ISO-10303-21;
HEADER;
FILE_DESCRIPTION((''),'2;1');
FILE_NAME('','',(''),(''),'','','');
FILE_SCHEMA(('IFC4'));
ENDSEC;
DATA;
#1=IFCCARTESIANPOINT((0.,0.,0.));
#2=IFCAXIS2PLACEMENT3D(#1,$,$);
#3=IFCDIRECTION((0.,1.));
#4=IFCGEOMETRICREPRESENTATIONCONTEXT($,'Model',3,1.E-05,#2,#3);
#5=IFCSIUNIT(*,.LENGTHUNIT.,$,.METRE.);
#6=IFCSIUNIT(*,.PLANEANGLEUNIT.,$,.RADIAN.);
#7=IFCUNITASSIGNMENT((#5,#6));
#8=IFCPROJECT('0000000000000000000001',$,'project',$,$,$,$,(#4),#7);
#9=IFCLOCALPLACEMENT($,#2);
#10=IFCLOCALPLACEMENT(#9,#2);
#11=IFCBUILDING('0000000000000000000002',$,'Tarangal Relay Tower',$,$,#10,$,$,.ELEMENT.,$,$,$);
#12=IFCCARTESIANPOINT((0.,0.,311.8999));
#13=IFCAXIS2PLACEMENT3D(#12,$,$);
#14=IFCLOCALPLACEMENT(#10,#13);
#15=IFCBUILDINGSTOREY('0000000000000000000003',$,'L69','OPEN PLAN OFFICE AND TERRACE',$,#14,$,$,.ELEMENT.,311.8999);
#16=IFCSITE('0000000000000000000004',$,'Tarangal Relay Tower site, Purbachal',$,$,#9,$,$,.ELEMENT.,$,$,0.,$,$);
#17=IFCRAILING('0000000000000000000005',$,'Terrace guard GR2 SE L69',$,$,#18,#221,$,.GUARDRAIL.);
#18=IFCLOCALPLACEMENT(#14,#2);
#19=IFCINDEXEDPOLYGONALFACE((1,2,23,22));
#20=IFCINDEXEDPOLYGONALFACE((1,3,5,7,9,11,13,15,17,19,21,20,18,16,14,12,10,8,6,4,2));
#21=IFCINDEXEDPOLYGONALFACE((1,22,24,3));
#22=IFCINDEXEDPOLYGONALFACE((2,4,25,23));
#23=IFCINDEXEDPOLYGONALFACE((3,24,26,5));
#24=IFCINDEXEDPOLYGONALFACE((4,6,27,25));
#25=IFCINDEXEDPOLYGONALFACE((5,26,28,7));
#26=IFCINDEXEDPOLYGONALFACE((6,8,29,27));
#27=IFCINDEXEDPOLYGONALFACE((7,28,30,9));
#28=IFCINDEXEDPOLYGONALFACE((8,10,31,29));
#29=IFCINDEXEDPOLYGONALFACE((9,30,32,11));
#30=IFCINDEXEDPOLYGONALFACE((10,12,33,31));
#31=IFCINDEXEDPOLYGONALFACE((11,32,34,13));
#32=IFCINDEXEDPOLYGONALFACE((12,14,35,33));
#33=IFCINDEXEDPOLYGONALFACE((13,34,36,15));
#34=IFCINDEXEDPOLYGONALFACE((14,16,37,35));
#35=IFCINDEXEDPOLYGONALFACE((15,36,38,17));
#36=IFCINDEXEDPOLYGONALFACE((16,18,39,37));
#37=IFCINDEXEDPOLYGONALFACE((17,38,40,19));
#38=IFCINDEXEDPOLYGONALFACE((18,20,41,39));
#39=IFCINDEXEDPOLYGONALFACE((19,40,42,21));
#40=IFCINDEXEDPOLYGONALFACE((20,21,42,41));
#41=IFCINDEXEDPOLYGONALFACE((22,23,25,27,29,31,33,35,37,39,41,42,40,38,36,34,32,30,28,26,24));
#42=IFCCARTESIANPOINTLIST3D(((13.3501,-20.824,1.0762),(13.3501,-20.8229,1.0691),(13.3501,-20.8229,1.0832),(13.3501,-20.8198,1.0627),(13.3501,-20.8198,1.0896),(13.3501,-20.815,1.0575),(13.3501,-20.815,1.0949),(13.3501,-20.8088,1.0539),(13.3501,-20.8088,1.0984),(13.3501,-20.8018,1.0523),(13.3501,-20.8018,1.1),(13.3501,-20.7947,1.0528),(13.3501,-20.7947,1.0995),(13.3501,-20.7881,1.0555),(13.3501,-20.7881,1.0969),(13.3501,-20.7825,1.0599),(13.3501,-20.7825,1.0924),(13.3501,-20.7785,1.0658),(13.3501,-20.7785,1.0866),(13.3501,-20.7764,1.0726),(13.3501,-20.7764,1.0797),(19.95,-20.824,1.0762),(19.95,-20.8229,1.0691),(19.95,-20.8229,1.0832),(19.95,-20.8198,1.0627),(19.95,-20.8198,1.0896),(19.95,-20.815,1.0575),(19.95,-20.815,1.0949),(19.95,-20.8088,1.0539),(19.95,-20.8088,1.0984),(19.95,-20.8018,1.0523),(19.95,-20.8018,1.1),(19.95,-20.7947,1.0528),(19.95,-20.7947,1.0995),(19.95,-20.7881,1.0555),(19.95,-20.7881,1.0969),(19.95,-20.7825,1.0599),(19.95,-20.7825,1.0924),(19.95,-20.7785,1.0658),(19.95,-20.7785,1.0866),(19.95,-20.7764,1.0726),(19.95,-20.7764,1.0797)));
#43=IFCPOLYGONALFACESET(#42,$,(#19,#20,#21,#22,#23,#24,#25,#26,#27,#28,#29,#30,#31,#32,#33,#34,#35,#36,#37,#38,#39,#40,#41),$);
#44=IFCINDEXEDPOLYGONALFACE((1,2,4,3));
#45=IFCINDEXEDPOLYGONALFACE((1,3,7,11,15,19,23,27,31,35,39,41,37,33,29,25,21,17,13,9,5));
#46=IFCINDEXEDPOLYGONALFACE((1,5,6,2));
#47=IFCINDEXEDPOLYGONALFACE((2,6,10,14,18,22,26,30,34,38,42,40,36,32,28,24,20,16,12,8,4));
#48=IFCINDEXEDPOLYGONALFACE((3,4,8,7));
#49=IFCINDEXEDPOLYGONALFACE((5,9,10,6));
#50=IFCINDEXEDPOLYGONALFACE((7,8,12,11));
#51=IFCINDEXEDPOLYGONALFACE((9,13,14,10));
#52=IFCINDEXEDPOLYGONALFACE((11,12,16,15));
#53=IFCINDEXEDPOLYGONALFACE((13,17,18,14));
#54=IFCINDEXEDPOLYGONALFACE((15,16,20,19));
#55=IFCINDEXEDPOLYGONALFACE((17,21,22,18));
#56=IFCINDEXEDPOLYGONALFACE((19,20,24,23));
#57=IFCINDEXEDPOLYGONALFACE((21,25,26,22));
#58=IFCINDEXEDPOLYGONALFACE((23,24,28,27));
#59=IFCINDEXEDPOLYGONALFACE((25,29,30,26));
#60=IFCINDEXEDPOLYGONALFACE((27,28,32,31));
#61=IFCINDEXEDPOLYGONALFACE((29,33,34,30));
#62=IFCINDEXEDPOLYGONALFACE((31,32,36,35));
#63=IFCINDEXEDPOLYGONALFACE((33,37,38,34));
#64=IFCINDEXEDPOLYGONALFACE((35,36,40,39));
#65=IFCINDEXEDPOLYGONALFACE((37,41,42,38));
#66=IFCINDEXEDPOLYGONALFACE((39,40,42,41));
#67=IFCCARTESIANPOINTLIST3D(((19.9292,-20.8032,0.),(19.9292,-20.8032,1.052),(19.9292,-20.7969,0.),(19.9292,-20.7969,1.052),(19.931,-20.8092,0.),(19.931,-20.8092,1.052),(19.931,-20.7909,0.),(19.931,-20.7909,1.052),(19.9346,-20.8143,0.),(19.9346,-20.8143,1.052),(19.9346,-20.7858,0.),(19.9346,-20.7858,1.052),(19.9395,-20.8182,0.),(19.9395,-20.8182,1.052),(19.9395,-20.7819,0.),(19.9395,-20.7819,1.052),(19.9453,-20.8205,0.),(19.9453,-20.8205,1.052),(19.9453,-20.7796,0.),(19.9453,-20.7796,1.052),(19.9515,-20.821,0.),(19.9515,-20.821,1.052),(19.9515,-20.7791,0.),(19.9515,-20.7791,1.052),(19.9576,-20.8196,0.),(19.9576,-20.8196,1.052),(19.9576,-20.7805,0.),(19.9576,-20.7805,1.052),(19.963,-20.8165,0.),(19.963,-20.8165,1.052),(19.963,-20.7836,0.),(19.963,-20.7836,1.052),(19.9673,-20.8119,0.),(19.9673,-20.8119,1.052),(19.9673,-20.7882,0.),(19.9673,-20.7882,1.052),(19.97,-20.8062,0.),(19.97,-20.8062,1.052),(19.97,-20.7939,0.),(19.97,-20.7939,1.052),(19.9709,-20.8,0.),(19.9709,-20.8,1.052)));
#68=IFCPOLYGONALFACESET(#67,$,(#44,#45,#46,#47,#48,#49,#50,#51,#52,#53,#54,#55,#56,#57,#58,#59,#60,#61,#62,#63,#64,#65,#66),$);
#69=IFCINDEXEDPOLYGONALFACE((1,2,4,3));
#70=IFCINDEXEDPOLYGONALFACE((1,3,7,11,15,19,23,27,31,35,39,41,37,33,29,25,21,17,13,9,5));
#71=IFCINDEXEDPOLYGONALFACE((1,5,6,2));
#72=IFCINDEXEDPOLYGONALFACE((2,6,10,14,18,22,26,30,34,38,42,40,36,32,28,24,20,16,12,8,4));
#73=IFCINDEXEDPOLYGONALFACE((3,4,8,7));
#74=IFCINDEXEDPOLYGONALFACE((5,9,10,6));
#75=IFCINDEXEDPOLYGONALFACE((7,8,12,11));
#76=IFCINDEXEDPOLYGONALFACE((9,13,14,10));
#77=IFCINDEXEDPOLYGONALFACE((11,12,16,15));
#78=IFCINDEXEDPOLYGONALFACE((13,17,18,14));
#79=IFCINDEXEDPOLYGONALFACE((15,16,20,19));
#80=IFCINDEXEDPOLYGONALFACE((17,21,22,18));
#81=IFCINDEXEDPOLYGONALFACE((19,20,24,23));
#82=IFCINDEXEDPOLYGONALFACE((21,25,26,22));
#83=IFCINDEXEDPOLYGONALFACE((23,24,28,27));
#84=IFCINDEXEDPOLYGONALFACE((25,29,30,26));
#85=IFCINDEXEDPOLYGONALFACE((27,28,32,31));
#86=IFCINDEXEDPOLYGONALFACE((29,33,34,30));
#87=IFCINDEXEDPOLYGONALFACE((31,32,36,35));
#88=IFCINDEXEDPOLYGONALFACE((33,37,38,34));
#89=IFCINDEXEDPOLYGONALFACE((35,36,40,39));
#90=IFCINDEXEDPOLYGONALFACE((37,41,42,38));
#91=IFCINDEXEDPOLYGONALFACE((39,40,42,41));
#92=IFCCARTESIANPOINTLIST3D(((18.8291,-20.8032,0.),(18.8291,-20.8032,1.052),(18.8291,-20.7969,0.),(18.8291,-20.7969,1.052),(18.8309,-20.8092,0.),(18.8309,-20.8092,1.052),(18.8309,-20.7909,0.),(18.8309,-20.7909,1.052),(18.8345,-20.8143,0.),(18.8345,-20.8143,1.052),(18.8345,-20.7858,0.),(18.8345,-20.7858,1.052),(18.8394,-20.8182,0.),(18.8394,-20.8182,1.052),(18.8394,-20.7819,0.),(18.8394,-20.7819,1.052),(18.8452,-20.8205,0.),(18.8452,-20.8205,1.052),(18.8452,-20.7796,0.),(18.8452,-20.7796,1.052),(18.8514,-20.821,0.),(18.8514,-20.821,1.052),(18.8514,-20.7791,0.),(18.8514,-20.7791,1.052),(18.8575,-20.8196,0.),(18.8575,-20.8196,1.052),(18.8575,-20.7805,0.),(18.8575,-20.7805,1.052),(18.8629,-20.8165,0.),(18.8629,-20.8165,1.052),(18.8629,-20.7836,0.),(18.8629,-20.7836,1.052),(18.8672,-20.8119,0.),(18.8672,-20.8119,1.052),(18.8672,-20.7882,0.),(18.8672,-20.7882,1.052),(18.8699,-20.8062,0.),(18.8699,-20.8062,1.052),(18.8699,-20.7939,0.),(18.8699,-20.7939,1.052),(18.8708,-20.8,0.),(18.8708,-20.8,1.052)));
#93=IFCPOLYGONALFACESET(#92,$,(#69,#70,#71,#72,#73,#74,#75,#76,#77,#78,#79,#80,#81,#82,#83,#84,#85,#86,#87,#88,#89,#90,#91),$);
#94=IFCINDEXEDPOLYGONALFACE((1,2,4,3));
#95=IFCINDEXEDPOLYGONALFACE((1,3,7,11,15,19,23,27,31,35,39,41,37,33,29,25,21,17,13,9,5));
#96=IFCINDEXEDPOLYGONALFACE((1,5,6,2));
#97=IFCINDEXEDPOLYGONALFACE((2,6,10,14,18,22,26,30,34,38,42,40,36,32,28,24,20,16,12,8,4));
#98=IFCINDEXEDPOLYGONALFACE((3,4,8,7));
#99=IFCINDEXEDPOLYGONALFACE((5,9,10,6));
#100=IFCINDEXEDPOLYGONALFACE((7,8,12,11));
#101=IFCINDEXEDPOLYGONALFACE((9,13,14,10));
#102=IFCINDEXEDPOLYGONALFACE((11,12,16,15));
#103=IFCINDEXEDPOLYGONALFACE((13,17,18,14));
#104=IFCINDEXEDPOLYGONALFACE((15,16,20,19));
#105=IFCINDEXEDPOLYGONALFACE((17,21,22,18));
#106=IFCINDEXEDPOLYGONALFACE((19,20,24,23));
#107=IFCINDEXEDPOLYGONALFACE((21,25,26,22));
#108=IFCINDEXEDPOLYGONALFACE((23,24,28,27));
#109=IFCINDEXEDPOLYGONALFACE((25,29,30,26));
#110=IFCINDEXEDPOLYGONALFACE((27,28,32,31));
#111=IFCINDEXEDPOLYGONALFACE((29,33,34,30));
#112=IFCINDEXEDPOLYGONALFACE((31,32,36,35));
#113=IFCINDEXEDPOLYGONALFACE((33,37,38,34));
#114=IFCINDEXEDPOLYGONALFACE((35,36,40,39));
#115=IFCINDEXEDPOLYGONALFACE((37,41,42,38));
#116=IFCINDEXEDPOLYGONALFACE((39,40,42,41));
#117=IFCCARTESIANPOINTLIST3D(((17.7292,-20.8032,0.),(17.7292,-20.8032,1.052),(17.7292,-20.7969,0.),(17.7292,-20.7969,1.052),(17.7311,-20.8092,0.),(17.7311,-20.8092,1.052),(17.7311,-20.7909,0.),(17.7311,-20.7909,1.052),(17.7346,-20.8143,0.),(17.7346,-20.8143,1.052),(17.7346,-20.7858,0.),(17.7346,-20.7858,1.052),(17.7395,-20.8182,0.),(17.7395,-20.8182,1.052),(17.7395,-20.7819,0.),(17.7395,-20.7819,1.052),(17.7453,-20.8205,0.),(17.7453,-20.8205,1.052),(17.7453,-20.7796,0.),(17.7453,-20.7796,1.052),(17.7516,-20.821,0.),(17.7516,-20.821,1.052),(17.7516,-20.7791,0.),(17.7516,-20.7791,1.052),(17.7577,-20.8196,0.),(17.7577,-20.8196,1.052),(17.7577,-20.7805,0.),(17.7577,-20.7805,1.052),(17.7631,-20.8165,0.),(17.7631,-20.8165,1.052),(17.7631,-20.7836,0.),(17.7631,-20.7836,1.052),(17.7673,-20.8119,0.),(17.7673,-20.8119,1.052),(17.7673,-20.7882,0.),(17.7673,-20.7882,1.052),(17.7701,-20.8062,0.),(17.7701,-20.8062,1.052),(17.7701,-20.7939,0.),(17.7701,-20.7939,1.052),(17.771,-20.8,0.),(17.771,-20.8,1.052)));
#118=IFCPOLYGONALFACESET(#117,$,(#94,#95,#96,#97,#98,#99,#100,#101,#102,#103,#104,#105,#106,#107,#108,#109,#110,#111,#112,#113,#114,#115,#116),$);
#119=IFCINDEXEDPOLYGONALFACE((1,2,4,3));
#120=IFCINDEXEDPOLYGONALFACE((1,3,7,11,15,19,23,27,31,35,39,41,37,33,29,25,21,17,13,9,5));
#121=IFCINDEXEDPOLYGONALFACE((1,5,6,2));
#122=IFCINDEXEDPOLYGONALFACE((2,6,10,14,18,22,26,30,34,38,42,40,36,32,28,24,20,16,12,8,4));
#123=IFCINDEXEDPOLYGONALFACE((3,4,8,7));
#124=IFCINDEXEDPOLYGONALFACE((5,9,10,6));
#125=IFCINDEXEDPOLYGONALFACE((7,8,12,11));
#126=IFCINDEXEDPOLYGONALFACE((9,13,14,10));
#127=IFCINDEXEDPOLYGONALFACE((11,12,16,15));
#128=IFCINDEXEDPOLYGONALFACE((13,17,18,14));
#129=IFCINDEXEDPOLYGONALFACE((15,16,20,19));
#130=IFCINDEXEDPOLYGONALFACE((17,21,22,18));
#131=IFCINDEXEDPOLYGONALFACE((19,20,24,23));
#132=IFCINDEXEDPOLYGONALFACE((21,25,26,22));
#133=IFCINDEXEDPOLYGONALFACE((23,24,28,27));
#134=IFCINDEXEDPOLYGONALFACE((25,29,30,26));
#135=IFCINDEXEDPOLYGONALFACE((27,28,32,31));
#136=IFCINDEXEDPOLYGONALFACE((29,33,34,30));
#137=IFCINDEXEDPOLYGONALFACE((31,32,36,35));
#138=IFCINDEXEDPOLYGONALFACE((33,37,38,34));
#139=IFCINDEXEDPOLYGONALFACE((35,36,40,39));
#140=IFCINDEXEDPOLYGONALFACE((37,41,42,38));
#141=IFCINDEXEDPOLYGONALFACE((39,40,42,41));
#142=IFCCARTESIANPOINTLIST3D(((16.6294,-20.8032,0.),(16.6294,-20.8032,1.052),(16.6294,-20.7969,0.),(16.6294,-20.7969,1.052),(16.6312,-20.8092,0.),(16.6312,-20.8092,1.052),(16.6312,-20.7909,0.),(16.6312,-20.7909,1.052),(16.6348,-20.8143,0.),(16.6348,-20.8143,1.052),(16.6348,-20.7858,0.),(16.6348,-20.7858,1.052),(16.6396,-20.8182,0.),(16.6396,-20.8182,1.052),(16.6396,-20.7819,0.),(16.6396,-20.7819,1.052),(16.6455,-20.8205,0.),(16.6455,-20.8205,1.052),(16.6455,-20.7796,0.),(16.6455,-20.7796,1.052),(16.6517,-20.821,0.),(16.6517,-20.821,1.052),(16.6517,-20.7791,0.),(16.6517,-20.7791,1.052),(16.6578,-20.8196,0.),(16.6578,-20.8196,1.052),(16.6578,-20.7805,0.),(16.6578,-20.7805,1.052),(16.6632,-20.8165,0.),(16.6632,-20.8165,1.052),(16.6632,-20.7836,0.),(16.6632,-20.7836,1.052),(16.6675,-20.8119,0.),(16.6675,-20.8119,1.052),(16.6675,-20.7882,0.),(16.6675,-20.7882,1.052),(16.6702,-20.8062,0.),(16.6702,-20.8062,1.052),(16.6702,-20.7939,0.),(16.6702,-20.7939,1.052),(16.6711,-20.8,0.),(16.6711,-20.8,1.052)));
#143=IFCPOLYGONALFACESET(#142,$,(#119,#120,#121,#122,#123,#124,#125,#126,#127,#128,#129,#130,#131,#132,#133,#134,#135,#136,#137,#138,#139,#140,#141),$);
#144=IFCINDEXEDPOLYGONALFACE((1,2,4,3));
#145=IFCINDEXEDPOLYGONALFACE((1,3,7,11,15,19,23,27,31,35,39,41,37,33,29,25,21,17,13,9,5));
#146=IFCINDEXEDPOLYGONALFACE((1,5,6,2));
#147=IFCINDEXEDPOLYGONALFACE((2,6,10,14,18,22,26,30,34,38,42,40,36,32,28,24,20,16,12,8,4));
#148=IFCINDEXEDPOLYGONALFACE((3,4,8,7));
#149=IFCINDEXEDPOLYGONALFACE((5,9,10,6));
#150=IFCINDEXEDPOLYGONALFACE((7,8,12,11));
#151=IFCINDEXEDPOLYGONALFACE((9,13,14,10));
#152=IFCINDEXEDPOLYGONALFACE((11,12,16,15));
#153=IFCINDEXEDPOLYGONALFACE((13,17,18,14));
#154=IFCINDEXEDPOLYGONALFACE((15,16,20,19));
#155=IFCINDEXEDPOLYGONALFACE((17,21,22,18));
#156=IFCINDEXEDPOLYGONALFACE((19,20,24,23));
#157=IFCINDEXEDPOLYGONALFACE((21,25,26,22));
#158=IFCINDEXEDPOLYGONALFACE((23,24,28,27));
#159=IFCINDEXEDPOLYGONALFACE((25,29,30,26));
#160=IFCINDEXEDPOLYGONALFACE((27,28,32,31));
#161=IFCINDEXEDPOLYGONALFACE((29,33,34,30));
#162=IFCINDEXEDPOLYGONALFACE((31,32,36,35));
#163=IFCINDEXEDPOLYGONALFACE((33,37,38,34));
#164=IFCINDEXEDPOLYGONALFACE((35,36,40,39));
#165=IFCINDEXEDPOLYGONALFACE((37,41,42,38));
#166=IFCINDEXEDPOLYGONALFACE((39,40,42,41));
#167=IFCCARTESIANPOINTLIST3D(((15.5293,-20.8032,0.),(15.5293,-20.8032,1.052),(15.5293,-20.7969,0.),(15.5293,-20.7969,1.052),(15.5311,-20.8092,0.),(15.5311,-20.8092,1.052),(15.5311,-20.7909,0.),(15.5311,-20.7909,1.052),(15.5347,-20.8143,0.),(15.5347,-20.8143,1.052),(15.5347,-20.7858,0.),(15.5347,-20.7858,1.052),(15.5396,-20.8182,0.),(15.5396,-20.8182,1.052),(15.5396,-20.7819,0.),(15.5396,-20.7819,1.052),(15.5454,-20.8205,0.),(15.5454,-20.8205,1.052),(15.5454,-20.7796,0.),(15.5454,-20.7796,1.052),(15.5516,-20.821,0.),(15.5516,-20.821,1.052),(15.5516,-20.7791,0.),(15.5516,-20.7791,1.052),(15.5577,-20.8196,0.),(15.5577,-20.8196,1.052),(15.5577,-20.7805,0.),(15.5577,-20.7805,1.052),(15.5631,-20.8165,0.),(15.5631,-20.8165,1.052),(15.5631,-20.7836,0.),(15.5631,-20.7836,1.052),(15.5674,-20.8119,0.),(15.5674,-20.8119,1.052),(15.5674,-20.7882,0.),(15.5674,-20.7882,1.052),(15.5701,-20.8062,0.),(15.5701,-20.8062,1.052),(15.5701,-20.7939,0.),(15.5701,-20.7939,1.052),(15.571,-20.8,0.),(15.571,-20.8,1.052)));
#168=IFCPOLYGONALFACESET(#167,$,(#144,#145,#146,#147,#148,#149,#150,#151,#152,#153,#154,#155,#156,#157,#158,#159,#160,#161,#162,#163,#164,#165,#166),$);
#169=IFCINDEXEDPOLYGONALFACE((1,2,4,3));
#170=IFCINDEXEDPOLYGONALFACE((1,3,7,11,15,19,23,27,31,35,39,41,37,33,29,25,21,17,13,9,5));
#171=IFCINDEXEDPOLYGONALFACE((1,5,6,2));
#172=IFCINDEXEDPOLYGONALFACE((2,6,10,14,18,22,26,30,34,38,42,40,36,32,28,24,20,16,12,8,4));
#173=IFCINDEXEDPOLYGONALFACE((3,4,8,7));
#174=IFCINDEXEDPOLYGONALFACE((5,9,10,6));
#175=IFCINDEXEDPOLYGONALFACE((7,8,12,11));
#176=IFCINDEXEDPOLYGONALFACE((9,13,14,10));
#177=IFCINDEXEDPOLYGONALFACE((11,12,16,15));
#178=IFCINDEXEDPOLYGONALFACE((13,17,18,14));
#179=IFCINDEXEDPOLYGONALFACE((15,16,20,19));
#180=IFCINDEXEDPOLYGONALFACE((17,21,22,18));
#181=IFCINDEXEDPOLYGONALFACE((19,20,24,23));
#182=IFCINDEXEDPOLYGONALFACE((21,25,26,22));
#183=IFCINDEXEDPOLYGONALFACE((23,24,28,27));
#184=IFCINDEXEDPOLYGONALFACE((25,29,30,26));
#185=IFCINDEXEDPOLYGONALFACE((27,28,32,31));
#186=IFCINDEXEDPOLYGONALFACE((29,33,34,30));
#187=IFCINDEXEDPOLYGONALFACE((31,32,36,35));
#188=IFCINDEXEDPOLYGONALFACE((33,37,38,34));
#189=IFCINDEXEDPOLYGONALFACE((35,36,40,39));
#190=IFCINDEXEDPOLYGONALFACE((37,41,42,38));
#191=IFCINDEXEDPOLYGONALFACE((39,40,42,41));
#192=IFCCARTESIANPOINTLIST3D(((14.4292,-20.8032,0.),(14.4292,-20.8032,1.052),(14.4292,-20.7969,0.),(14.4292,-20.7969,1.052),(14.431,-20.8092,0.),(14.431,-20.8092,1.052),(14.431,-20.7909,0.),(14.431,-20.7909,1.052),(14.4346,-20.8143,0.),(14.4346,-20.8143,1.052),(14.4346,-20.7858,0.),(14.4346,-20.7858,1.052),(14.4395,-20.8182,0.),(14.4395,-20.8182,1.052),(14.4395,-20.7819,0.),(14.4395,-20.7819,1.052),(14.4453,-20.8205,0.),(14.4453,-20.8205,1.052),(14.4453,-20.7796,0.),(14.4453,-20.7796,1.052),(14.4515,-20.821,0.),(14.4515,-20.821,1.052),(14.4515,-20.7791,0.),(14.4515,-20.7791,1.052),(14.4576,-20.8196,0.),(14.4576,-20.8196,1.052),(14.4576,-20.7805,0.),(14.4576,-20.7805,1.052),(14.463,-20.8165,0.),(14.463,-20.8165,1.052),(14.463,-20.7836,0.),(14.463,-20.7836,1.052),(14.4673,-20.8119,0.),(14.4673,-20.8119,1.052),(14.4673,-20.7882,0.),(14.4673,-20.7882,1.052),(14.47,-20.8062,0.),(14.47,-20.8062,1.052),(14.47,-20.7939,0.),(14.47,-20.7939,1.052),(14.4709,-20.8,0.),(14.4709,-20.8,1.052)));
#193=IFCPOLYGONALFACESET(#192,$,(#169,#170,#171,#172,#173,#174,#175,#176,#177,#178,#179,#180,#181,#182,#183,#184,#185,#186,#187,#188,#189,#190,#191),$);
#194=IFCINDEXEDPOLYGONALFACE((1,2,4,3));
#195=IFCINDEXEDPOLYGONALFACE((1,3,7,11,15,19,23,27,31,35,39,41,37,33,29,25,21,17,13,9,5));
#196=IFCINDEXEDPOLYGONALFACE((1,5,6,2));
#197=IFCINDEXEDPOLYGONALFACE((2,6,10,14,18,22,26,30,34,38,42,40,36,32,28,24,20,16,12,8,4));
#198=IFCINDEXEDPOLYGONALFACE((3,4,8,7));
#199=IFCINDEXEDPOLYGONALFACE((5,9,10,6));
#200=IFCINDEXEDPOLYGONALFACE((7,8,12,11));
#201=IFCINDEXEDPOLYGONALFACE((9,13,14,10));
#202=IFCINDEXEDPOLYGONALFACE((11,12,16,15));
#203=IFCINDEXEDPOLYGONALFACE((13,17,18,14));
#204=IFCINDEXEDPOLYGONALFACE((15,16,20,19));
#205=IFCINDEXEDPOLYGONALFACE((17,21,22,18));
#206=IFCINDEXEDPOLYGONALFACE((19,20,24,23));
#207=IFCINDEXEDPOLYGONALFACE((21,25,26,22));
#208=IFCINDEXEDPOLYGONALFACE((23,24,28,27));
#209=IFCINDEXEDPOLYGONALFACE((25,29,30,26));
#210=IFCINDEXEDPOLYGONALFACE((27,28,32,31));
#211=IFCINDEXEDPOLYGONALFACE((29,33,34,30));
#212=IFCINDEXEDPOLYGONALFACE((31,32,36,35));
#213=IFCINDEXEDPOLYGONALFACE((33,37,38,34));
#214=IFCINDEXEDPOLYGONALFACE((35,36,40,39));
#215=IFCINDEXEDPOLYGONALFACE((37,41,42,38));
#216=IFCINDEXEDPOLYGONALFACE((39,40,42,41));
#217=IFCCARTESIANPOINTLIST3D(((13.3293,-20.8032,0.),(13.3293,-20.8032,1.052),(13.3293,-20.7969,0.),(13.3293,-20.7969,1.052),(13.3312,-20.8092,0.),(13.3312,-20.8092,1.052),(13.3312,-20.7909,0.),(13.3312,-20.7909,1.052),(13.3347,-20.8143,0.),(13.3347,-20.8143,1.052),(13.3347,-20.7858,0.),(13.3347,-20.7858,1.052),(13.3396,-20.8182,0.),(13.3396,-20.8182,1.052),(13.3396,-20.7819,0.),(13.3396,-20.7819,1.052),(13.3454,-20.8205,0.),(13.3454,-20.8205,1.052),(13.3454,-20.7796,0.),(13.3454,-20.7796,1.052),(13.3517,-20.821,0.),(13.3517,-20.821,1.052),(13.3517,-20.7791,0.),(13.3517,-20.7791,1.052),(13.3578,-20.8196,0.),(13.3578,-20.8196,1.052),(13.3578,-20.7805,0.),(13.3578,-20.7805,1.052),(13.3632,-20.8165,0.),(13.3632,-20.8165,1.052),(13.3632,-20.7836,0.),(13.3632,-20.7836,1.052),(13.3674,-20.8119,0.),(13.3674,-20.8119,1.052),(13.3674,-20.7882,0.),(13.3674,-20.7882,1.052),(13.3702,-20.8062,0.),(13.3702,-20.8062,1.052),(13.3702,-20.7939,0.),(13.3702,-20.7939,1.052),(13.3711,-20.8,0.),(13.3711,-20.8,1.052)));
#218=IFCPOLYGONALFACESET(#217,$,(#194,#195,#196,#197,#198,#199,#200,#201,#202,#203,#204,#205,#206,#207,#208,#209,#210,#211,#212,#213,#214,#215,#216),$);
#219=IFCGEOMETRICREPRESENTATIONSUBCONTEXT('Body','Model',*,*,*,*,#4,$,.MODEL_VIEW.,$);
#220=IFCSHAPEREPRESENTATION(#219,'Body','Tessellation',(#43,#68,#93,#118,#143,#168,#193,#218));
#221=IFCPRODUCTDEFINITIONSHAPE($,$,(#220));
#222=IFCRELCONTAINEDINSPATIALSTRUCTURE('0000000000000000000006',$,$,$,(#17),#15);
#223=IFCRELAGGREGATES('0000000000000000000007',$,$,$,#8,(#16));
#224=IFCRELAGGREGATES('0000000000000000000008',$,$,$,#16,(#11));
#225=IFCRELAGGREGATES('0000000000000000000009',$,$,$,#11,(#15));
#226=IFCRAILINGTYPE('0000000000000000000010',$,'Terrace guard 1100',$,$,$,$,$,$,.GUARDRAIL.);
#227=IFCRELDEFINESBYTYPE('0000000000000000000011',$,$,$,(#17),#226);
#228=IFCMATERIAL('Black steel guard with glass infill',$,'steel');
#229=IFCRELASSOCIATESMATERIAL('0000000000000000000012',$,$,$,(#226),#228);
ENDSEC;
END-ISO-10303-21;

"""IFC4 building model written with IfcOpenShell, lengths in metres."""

from ifc_helpers import new_model, si_unit, direction, frame, origin, origin_2d, place, context, subcontext, project, spatial, circle, extrude, material, type_object, element, save


model = new_model("IFC4")

# Units and contexts
model_context = context("Model", 3, precision=1e-05, world=origin(), true_north=direction((0.0, 1.0)))
body_context = subcontext(model_context, "Body", "Model", "MODEL_VIEW")
ifc_project = project(units=[si_unit("LENGTHUNIT", "METRE"), si_unit("PLANEANGLEUNIT", "RADIAN")], contexts=[model_context])

# Site, building, storey
site_placement = place(None, origin())
site = spatial("IfcSite", under=ifc_project, at=site_placement, Name="Tarangal Relay Tower site, Purbachal", CompositionType="ELEMENT", RefElevation=0.0)
building_placement = place(site_placement, origin())
building = spatial("IfcBuilding", under=site, at=building_placement, Name="Tarangal Relay Tower", CompositionType="ELEMENT")
storey_placement = place(building_placement, frame((0.0, 0.0, 311.8999)))
storey = spatial("IfcBuildingStorey", under=building, at=storey_placement, Name="L69", Description="OPEN PLAN OFFICE AND TERRACE", CompositionType="ELEMENT", Elevation=311.8999)

# Railing
ifc_material_1 = material(Name="Black steel guard with glass infill", Category="steel")
railing_type = type_object("IfcRailingType", Name="Terrace guard 1100", PredefinedType="GUARDRAIL", material=ifc_material_1)
railing_1_placement = place(storey_placement, frame((19.95, -20.8, 0.0)))
element("IfcRailing", 1, at=railing_1_placement, inside=storey, type_object=railing_type, Name="Terrace guard GR2 SE L69", PredefinedType="GUARDRAIL", context=body_context, shape_type="SweptSolid", body=[
    extrude(circle(Radius=0.0239, at=origin_2d()), frame((0.0, 0.0, 1.0762), z_axis=(-1.0, 0.0, 0.0), x_axis=(0.0, -1.0, 0.0)), (0.0, 0.0, 1.0), 6.5999),
    extrude(circle(Radius=0.021, at=origin_2d()), origin(), (0.0, 0.0, 1.0), 1.052),
    extrude(circle(Radius=0.021, at=origin_2d()), frame((-1.1001, 0.0, 0.0)), (0.0, 0.0, 1.0), 1.052),
    extrude(circle(Radius=0.021, at=origin_2d()), frame((-2.2, 0.0, 0.0)), (0.0, 0.0, 1.0), 1.052),
    extrude(circle(Radius=0.021, at=origin_2d()), frame((-3.2998, 0.0, 0.0)), (0.0, 0.0, 1.0), 1.052),
    extrude(circle(Radius=0.021, at=origin_2d()), frame((-4.3999, 0.0, 0.0)), (0.0, 0.0, 1.0), 1.052),
    extrude(circle(Radius=0.021, at=origin_2d()), frame((-5.5, 0.0, 0.0)), (0.0, 0.0, 1.0), 1.052),
    extrude(circle(Radius=0.021, at=origin_2d()), frame((-6.5999, 0.0, 0.0)), (0.0, 0.0, 1.0), 1.052),
])

save(model, "model.ifc")
